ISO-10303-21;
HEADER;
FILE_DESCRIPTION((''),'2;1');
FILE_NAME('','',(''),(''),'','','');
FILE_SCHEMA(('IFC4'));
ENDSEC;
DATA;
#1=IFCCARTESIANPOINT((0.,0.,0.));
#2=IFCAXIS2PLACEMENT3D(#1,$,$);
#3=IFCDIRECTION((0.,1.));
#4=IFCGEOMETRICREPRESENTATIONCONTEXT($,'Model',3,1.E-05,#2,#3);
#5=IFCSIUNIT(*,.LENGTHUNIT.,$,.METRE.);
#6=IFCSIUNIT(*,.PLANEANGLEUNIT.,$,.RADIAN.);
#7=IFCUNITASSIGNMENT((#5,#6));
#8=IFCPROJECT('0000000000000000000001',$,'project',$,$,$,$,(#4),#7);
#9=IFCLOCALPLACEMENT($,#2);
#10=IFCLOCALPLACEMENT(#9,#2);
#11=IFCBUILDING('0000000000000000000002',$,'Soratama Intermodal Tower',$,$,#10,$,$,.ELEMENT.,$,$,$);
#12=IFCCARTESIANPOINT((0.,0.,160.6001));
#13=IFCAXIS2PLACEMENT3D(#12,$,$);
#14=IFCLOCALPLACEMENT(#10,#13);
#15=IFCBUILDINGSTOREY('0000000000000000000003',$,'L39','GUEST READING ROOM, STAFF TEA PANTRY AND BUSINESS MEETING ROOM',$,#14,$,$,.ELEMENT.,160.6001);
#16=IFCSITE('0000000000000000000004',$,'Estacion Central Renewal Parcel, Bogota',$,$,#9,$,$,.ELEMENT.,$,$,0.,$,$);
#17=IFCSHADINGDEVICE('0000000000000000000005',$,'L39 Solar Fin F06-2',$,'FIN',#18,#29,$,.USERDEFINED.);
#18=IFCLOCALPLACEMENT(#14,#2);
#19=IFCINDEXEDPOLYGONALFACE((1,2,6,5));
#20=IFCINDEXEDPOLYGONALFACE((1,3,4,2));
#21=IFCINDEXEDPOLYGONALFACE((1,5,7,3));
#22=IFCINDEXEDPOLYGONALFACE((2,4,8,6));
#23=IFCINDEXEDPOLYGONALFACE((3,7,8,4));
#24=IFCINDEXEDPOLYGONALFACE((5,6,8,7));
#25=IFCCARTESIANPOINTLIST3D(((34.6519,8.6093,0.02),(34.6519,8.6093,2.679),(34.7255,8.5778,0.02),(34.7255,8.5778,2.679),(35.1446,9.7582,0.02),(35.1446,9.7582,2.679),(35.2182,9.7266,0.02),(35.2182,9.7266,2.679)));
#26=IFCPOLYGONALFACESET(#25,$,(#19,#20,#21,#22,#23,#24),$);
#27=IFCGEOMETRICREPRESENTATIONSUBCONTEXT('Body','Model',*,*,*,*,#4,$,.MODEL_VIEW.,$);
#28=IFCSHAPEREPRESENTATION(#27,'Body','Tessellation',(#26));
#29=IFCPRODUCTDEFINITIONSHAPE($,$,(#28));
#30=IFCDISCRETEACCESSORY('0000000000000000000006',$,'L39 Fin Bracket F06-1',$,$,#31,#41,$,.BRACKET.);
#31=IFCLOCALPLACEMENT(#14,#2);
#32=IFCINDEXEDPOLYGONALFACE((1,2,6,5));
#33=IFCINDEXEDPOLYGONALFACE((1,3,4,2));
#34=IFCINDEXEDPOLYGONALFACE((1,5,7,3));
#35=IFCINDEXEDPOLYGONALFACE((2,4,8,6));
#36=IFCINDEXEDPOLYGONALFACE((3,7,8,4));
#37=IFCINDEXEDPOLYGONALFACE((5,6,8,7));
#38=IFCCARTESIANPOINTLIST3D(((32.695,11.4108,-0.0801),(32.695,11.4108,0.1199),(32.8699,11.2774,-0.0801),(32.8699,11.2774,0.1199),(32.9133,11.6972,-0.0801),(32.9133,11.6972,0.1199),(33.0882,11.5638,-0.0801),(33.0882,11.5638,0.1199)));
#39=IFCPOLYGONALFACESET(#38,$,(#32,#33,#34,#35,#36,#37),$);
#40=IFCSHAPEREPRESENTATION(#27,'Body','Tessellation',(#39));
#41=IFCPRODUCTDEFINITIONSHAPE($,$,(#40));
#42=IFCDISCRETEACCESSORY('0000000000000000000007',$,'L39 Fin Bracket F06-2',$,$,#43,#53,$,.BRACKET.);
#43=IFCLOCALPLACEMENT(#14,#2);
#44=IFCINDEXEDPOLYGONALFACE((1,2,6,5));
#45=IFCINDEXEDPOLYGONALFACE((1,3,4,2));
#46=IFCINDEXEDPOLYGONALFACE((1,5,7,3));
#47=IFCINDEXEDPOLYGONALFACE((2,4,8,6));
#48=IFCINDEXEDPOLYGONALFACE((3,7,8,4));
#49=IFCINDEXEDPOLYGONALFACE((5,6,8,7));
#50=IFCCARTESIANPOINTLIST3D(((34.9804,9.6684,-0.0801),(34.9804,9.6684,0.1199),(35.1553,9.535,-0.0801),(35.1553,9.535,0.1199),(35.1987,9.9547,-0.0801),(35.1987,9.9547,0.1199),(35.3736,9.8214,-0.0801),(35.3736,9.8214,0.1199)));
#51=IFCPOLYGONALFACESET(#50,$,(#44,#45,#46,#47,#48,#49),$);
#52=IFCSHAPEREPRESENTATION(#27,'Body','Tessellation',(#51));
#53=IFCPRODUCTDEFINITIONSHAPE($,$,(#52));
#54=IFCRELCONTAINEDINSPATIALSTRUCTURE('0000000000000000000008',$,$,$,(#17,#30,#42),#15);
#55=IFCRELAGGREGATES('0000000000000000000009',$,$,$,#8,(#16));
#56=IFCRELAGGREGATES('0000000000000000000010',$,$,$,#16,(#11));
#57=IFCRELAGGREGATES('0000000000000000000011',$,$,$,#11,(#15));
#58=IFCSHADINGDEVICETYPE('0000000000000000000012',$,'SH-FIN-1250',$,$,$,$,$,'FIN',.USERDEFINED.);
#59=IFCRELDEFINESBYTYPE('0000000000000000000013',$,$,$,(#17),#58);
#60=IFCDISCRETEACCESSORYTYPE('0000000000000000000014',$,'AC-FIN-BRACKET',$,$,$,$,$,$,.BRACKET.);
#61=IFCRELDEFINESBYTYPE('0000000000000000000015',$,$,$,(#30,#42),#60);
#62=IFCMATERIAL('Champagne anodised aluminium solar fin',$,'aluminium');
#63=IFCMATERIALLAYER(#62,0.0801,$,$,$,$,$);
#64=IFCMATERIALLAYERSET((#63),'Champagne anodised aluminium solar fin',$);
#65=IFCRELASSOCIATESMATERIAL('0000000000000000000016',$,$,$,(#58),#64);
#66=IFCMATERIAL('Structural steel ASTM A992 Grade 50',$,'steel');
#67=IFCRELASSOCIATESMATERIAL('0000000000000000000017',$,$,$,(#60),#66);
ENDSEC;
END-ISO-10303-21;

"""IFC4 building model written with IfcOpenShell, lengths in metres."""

from ifc_helpers import new_model, si_unit, direction, frame, origin, origin_2d, place, context, subcontext, project, spatial, rectangle, extrude, material, layer, layer_set, type_object, element, save


model = new_model("IFC4")

# Units and contexts
model_context = context("Model", 3, precision=1e-05, world=origin(), true_north=direction((0.0, 1.0)))
body_context = subcontext(model_context, "Body", "Model", "MODEL_VIEW")
ifc_project = project(units=[si_unit("LENGTHUNIT", "METRE"), si_unit("PLANEANGLEUNIT", "RADIAN")], contexts=[model_context])

# Site, building, storey
site_placement = place(None, origin())
site = spatial("IfcSite", under=ifc_project, at=site_placement, Name="Estacion Central Renewal Parcel, Bogota", CompositionType="ELEMENT", RefElevation=0.0)
building_placement = place(site_placement, origin())
building = spatial("IfcBuilding", under=site, at=building_placement, Name="Soratama Intermodal Tower", CompositionType="ELEMENT")
storey_placement = place(building_placement, frame((0.0, 0.0, 160.6001)))
storey = spatial("IfcBuildingStorey", under=building, at=storey_placement, Name="L39", Description="GUEST READING ROOM, STAFF TEA PANTRY AND BUSINESS MEETING ROOM", CompositionType="ELEMENT", Elevation=160.6001)

# Shading device
ifc_material_1 = material(Name="Champagne anodised aluminium solar fin", Category="aluminium")
ifc_layer_1 = layer(ifc_material_1, 0.0801)
ifc_layer_set_1 = layer_set([ifc_layer_1], Name="Champagne anodised aluminium solar fin")
shading_device_type = type_object("IfcShadingDeviceType", Name="SH-FIN-1250", ElementType="FIN", PredefinedType="USERDEFINED", material=ifc_layer_set_1)
shading_device_placement = place(storey_placement, frame((34.9351, 9.168, 0.02), z_axis=(0.0, 0.0, 1.0), x_axis=(-0.394102, -0.919067, 0.0)))
element("IfcShadingDevice", 1, at=shading_device_placement, inside=storey, type_object=shading_device_type, Name="L39 Solar Fin F06-2", ObjectType="FIN", PredefinedType="USERDEFINED", context=body_context, shape_type="SweptSolid", body=[
    extrude(rectangle(XDim=1.25, YDim=0.0801, at=origin_2d()), origin(), (0.0, 0.0, 1.0), 2.6589),
])

# Discrete accessories
ifc_material_2 = material(Name="Structural steel ASTM A992 Grade 50", Category="steel")
discrete_accessory_type = type_object("IfcDiscreteAccessoryType", Name="AC-FIN-BRACKET", PredefinedType="BRACKET", material=ifc_material_2)
for number, where, z_axis, x_axis, name in (
    (2, (32.8916, 11.4873, -0.0801), (0.0, 0.0, 1.0), (-0.606266, -0.795262, 0.0), "L39 Fin Bracket F06-1"),
    (3, (35.177, 9.7449, -0.0801), (0.0, 0.0, 1.0), (-0.606266, -0.795262, 0.0), "L39 Fin Bracket F06-2"),
):
    element("IfcDiscreteAccessory", number, at=place(storey_placement, frame(where, z_axis=z_axis, x_axis=x_axis)), inside=storey, type_object=discrete_accessory_type, Name=name, PredefinedType="BRACKET", context=body_context, shape_type="SweptSolid", body=[
        extrude(rectangle(XDim=0.3601, YDim=0.22, at=origin_2d()), origin(), (0.0, 0.0, 1.0), 0.2),
    ])

save(model, "model.ifc")
